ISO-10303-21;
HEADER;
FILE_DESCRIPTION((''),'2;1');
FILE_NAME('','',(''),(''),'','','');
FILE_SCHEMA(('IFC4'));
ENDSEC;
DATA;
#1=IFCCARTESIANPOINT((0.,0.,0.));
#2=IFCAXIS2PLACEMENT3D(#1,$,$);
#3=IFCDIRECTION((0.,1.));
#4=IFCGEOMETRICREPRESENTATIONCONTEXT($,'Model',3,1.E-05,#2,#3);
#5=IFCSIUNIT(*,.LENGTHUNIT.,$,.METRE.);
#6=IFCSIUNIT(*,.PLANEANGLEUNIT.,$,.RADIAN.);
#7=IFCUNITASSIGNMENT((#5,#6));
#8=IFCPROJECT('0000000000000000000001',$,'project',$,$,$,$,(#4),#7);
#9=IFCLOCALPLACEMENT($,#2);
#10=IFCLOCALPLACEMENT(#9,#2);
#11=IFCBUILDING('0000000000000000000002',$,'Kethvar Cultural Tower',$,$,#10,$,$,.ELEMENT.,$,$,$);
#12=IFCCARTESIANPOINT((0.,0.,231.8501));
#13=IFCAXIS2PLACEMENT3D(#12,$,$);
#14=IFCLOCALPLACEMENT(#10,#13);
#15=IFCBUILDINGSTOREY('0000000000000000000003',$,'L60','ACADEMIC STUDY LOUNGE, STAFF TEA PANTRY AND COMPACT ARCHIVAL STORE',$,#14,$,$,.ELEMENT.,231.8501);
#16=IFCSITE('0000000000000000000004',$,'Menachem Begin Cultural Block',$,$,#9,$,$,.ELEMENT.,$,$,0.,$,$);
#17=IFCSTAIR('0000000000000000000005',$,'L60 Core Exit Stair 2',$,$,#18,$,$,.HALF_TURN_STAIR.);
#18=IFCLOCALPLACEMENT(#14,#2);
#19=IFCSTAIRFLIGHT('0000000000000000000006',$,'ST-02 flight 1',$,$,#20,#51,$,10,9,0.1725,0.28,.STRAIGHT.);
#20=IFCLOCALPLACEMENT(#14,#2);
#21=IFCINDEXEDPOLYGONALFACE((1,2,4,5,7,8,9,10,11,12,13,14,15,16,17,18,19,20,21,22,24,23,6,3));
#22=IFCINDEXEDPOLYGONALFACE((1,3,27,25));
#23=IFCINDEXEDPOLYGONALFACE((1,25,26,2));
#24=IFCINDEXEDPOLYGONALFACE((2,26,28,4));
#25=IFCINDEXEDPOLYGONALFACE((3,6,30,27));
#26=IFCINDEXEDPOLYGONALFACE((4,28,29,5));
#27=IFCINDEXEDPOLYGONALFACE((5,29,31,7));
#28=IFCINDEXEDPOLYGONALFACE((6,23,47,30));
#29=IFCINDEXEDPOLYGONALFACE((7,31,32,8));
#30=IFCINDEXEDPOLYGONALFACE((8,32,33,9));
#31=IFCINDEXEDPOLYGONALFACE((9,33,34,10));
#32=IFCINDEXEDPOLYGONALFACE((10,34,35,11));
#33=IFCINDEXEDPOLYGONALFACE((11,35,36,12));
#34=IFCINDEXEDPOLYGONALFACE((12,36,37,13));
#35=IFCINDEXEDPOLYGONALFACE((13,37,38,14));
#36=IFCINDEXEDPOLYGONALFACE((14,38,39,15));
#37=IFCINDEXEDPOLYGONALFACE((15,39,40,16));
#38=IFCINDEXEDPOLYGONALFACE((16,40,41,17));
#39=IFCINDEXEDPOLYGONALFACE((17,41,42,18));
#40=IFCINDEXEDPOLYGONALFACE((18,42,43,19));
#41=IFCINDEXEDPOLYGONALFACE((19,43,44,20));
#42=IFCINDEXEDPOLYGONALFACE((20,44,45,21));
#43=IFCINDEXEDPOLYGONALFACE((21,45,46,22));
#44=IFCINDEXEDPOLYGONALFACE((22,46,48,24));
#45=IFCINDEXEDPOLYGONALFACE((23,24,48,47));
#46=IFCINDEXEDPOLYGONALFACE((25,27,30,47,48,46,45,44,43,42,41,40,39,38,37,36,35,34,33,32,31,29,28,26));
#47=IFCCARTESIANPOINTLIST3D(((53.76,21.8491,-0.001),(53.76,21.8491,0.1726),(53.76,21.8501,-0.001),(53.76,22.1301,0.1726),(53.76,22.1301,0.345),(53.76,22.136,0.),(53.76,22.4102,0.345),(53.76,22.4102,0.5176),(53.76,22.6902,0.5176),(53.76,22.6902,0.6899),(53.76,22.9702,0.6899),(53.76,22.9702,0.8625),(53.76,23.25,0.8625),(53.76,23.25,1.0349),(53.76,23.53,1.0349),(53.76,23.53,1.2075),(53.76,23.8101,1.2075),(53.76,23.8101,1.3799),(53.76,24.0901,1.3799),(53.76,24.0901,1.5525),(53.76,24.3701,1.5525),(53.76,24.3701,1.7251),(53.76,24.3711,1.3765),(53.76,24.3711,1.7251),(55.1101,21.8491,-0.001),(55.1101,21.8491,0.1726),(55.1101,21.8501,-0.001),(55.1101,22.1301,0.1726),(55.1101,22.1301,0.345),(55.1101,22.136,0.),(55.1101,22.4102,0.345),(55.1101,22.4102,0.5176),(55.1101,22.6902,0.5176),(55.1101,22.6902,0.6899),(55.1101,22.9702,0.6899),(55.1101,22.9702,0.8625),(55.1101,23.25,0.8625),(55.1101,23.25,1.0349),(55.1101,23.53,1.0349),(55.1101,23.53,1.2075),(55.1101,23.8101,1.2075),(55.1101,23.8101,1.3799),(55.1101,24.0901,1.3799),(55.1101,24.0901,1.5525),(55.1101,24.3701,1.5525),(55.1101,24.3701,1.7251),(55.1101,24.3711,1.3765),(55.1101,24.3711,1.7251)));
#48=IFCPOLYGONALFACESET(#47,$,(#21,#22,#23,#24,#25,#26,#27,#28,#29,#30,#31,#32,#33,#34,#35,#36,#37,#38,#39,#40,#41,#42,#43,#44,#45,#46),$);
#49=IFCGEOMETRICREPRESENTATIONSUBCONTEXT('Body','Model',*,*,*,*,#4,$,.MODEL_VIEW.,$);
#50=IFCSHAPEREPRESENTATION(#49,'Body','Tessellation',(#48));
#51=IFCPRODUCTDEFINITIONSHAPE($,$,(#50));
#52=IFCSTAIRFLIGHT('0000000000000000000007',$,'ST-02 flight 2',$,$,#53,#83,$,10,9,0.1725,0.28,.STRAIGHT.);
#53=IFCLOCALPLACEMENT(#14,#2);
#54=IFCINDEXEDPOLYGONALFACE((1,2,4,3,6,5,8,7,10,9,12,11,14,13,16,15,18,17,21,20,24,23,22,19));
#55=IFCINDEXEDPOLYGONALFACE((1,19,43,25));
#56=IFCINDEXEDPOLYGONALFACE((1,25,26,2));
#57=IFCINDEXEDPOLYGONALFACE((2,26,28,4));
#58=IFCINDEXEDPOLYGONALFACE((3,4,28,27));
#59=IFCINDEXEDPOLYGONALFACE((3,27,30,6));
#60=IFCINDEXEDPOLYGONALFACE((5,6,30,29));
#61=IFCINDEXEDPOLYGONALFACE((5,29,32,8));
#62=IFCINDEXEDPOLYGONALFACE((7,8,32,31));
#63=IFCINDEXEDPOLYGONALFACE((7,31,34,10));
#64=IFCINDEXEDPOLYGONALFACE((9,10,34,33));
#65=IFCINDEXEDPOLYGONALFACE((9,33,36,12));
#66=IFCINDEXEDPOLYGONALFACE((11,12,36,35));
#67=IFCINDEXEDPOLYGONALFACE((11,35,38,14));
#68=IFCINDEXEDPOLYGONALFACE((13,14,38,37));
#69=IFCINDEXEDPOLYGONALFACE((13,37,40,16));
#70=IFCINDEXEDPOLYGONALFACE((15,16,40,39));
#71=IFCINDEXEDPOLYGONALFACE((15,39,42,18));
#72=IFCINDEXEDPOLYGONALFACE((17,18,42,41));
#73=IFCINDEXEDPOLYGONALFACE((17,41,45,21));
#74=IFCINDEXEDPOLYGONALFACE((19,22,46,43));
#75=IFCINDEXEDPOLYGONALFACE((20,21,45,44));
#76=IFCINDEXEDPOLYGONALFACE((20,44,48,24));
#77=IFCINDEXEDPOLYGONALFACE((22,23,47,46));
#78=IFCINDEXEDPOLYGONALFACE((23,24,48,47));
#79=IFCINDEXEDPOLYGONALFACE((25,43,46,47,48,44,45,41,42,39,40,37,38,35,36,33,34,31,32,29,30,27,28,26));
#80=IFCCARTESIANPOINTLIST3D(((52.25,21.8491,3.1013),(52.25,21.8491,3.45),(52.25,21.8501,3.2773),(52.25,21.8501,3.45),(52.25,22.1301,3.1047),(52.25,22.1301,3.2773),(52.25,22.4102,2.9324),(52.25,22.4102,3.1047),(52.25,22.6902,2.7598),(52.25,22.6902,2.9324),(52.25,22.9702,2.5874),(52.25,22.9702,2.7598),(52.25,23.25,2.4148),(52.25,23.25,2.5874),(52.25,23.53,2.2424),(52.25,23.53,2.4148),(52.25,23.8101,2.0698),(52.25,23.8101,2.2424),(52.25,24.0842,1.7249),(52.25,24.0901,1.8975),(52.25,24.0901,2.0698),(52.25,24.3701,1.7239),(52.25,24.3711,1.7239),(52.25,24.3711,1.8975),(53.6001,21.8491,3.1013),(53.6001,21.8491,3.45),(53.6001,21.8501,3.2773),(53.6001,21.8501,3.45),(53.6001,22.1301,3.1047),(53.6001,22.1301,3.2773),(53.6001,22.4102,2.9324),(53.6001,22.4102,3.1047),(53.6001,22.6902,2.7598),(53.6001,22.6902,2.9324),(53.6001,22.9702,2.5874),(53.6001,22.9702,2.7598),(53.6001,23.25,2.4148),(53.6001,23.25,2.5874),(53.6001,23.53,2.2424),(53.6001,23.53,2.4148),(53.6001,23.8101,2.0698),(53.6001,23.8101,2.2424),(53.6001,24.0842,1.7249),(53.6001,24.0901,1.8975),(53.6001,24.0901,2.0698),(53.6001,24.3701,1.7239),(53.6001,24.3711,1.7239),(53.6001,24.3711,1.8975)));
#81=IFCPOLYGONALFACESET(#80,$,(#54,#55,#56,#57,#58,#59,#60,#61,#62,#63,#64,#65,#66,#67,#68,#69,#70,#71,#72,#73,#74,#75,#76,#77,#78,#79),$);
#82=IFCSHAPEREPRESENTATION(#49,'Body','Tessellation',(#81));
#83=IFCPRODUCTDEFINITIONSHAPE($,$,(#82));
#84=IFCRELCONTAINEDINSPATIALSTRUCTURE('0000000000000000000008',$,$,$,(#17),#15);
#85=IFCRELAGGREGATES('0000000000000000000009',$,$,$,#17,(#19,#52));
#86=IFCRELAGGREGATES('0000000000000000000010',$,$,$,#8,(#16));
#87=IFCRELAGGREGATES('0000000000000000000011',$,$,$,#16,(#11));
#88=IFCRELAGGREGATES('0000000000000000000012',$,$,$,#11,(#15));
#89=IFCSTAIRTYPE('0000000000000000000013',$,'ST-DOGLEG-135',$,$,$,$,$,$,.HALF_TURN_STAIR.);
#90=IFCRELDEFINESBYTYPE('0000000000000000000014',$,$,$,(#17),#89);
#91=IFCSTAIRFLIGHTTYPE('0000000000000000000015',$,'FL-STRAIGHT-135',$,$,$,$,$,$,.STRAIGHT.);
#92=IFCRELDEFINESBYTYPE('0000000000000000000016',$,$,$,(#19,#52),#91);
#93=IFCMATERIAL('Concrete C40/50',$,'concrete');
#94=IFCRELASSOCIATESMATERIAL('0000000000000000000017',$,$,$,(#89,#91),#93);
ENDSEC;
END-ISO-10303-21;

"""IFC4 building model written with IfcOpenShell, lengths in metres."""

from ifc_helpers import new_model, si_unit, direction, frame, origin, place, context, subcontext, project, spatial, polyline, outline, extrude, material, type_object, element, aggregate, save


model = new_model("IFC4")

# Units and contexts
model_context = context("Model", 3, precision=1e-05, world=origin(), true_north=direction((0.0, 1.0)))
body_context = subcontext(model_context, "Body", "Model", "MODEL_VIEW")
ifc_project = project(units=[si_unit("LENGTHUNIT", "METRE"), si_unit("PLANEANGLEUNIT", "RADIAN")], contexts=[model_context])

# Site, building, storey
site_placement = place(None, origin())
site = spatial("IfcSite", under=ifc_project, at=site_placement, Name="Menachem Begin Cultural Block", CompositionType="ELEMENT", RefElevation=0.0)
building_placement = place(site_placement, origin())
building = spatial("IfcBuilding", under=site, at=building_placement, Name="Kethvar Cultural Tower", CompositionType="ELEMENT")
storey_placement = place(building_placement, frame((0.0, 0.0, 231.8501)))
storey = spatial("IfcBuildingStorey", under=building, at=storey_placement, Name="L60", Description="ACADEMIC STUDY LOUNGE, STAFF TEA PANTRY AND COMPACT ARCHIVAL STORE", CompositionType="ELEMENT", Elevation=231.8501)

# Shared definitions
ifc_material_1 = material(Name="Concrete C40/50", Category="concrete")

# Stair, stair flights
stair_type = type_object("IfcStairType", Name="ST-DOGLEG-135", PredefinedType="HALF_TURN_STAIR", material=ifc_material_1)
stair_placement = place(storey_placement, origin())
stair = element("IfcStair", 1, at=stair_placement, inside=storey, type_object=stair_type, Name="L60 Core Exit Stair 2", PredefinedType="HALF_TURN_STAIR")
stair_flight_type = type_object("IfcStairFlightType", Name="FL-STRAIGHT-135", PredefinedType="STRAIGHT", material=ifc_material_1)
stair_flight_1_placement = place(storey_placement, frame((54.4351, 21.8501, 0.0), z_axis=(0.0, 0.0, 1.0), x_axis=(0.0, 1.0, 0.0)))
stair_flight_1 = element("IfcStairFlight", 2, at=stair_flight_1_placement, type_object=stair_flight_type, Name="ST-02 flight 1", NumberOfRisers=10, NumberOfTreads=9, PredefinedType="STRAIGHT", RiserHeight=0.1725, TreadLength=0.28, context=body_context, shape_type="SweptSolid", body=[
    extrude(outline(polyline([(-0.001, -0.001), (-0.001, 0.1726), (0.28, 0.1726), (0.28, 0.345), (0.5601, 0.345), (0.5601, 0.5176), (0.8401, 0.5176), (0.8401, 0.6899), (1.1201, 0.6899), (1.1201, 0.8625), (1.3999, 0.8625), (1.3999, 1.0349), (1.6799, 1.0349), (1.6799, 1.2075), (1.96, 1.2075), (1.96, 1.3799), (2.24, 1.3799), (2.24, 1.5525), (2.52, 1.5525), (2.52, 1.7251), (2.521, 1.7251), (2.521, 1.3765), (0.2859, 0.0), (0.0, -0.001), (-0.001, -0.001)])), frame((0.0, 0.675, 0.0), z_axis=(0.0, -1.0, 0.0), x_axis=(1.0, 0.0, 0.0)), (0.0, 0.0, 1.0), 1.3501),
])
stair_flight_2_placement = place(storey_placement, frame((52.925, 24.3701, 1.7249), z_axis=(0.0, 0.0, 1.0), x_axis=(0.0, -1.0, 0.0)))
stair_flight_2 = element("IfcStairFlight", 3, at=stair_flight_2_placement, type_object=stair_flight_type, Name="ST-02 flight 2", NumberOfRisers=10, NumberOfTreads=9, PredefinedType="STRAIGHT", RiserHeight=0.1725, TreadLength=0.28, context=body_context, shape_type="SweptSolid", body=[
    extrude(outline(polyline([(-0.001, -0.001), (-0.001, 0.1726), (0.28, 0.1726), (0.28, 0.345), (0.5601, 0.345), (0.5601, 0.5176), (0.8401, 0.5176), (0.8401, 0.6899), (1.1201, 0.6899), (1.1201, 0.8625), (1.3999, 0.8625), (1.3999, 1.0349), (1.6799, 1.0349), (1.6799, 1.2075), (1.96, 1.2075), (1.96, 1.3799), (2.24, 1.3799), (2.24, 1.5525), (2.52, 1.5525), (2.52, 1.7251), (2.521, 1.7251), (2.521, 1.3765), (0.2859, 0.0), (0.0, -0.001), (-0.001, -0.001)])), frame((0.0, 0.675, 0.0), z_axis=(0.0, -1.0, 0.0), x_axis=(1.0, 0.0, 0.0)), (0.0, 0.0, 1.0), 1.3501),
])
aggregate(stair, [stair_flight_1, stair_flight_2])

save(model, "model.ifc")
